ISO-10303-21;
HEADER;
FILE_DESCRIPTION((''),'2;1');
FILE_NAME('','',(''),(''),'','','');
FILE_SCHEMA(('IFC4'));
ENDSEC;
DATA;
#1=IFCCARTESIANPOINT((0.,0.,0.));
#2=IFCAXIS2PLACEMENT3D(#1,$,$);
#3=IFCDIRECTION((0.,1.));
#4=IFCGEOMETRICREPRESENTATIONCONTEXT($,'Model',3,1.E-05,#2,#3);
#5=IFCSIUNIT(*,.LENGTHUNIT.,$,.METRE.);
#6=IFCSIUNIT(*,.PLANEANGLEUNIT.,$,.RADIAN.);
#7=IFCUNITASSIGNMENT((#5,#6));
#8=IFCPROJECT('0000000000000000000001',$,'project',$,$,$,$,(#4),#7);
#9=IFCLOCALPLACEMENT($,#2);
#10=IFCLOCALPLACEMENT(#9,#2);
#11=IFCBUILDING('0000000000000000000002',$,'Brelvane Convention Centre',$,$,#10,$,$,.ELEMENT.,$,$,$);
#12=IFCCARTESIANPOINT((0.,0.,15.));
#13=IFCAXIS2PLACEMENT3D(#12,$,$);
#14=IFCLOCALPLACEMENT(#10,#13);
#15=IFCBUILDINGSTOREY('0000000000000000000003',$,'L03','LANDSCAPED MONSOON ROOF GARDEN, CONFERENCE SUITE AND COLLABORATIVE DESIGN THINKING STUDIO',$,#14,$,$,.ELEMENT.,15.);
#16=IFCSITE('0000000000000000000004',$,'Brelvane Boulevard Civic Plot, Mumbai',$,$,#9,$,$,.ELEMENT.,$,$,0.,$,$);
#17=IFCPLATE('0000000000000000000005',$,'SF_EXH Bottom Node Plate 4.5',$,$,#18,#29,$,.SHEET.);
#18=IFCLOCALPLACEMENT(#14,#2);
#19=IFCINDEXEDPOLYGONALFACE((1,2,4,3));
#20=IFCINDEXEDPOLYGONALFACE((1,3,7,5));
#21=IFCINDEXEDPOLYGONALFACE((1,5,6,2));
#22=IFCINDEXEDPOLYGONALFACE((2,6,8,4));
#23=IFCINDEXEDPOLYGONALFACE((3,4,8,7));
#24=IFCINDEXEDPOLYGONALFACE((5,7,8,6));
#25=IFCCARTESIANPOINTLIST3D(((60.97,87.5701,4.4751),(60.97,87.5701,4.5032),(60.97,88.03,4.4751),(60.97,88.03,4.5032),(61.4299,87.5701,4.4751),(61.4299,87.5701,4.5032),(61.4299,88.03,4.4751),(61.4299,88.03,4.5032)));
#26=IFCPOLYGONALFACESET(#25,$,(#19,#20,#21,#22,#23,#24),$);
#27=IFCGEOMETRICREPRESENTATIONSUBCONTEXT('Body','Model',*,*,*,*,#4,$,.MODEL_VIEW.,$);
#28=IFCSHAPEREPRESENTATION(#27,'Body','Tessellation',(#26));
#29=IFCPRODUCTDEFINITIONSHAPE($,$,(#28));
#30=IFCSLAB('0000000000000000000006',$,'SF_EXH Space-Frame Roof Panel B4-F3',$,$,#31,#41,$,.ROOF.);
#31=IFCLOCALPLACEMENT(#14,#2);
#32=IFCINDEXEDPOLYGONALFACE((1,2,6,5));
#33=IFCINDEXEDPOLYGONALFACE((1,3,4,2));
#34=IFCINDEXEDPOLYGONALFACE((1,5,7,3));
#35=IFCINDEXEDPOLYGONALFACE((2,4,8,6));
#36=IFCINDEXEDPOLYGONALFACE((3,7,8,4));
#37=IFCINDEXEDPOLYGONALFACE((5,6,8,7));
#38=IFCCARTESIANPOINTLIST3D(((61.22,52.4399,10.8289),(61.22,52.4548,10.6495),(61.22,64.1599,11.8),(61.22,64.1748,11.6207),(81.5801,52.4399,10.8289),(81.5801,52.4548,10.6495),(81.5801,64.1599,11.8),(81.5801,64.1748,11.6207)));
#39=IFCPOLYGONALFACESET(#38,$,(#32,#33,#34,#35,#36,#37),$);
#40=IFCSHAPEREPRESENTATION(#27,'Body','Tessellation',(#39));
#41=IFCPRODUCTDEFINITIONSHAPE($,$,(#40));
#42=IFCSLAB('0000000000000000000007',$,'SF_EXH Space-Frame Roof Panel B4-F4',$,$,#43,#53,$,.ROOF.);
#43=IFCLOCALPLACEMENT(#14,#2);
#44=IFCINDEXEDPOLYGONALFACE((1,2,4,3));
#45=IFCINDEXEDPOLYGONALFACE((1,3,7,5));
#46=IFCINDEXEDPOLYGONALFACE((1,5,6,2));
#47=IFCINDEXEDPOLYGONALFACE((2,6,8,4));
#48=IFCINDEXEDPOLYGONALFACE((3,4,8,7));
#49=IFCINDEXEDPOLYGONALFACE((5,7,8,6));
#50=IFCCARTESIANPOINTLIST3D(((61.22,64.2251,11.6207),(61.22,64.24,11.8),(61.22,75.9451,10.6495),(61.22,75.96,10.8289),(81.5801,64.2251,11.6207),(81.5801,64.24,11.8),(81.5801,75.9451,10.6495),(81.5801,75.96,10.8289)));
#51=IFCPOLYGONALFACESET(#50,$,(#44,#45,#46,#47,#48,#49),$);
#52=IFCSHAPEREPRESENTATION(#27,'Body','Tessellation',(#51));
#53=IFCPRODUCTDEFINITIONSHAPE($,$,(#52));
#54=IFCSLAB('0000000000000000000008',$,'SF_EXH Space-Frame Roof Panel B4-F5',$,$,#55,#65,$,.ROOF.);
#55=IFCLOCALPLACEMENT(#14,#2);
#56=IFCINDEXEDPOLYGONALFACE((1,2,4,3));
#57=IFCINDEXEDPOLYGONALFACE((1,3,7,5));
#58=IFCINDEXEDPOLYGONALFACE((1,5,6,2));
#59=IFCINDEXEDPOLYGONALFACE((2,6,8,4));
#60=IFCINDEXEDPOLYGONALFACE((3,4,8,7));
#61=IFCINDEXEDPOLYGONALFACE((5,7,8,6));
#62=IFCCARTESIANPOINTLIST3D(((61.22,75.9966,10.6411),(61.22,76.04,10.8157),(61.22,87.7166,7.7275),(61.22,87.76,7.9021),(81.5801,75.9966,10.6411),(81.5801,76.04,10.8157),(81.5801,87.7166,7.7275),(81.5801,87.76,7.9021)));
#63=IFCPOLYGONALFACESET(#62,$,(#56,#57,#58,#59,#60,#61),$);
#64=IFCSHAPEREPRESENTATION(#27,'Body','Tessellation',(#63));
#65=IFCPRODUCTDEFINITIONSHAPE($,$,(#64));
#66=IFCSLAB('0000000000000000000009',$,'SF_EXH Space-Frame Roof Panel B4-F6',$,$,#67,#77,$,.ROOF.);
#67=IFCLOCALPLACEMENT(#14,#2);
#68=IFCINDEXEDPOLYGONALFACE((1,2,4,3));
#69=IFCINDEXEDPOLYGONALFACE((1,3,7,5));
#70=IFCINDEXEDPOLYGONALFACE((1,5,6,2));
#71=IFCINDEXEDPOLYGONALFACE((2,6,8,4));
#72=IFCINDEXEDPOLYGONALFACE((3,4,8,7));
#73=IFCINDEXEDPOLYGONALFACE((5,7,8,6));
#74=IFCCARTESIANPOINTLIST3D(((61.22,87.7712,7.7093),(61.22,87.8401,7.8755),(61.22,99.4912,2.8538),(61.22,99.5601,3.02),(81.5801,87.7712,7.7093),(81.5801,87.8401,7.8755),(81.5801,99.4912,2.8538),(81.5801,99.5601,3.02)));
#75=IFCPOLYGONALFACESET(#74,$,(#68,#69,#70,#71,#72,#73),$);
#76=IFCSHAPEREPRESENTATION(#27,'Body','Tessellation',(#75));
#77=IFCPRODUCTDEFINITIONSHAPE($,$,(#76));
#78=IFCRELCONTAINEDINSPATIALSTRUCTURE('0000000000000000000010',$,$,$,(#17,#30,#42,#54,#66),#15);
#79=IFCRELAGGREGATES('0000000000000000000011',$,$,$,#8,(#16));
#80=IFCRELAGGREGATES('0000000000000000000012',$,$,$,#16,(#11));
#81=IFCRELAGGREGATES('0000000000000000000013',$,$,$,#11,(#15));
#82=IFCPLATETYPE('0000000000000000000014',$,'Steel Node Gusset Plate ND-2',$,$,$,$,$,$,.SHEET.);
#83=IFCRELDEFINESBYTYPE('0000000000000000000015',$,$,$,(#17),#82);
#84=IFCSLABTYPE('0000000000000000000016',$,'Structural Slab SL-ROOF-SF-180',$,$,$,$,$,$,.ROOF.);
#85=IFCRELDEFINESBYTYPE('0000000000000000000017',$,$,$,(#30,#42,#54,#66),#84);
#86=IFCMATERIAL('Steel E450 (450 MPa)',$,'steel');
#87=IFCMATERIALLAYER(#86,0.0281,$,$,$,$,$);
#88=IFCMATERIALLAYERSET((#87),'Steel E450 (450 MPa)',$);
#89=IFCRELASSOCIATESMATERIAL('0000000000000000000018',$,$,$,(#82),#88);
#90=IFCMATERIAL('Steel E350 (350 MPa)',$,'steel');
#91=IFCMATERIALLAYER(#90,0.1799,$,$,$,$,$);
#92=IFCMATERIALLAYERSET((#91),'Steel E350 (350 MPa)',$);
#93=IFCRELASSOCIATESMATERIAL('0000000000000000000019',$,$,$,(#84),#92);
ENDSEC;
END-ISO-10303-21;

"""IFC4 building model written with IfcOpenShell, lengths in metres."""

from ifc_helpers import new_model, si_unit, direction, frame, origin, origin_2d, place, context, subcontext, project, spatial, polyline, rectangle, outline, extrude, material, layer, layer_set, type_object, element, save


model = new_model("IFC4")

# Units and contexts
model_context = context("Model", 3, precision=1e-05, world=origin(), true_north=direction((0.0, 1.0)))
body_context = subcontext(model_context, "Body", "Model", "MODEL_VIEW")
ifc_project = project(units=[si_unit("LENGTHUNIT", "METRE"), si_unit("PLANEANGLEUNIT", "RADIAN")], contexts=[model_context])

# Site, building, storey
site_placement = place(None, origin())
site = spatial("IfcSite", under=ifc_project, at=site_placement, Name="Brelvane Boulevard Civic Plot, Mumbai", CompositionType="ELEMENT", RefElevation=0.0)
building_placement = place(site_placement, origin())
building = spatial("IfcBuilding", under=site, at=building_placement, Name="Brelvane Convention Centre", CompositionType="ELEMENT")
storey_placement = place(building_placement, frame((0.0, 0.0, 15.0)))
storey = spatial("IfcBuildingStorey", under=building, at=storey_placement, Name="L03", Description="LANDSCAPED MONSOON ROOF GARDEN, CONFERENCE SUITE AND COLLABORATIVE DESIGN THINKING STUDIO", CompositionType="ELEMENT", Elevation=15.0)

# Plate
ifc_material_1 = material(Name="Steel E450 (450 MPa)", Category="steel")
ifc_layer_1 = layer(ifc_material_1, 0.0281)
ifc_layer_set_1 = layer_set([ifc_layer_1], Name="Steel E450 (450 MPa)")
plate_type_1 = type_object("IfcPlateType", Name="Steel Node Gusset Plate ND-2", PredefinedType="SHEET", material=ifc_layer_set_1)
for number, where, z_axis, x_axis, name in (
    (1, (61.2, 87.8, 4.4751), (0.0, 0.0, 1.0), (1.0, 0.0, 0.0), "SF_EXH Bottom Node Plate 4.5"),
):
    element("IfcPlate", number, at=place(storey_placement, frame(where, z_axis=z_axis, x_axis=x_axis)), inside=storey, type_object=plate_type_1, Name=name, PredefinedType="SHEET", context=body_context, shape_type="SweptSolid", body=[
        extrude(rectangle(XDim=0.46, YDim=0.46, at=origin_2d()), origin(), (0.0, 0.0, 1.0), 0.0281),
    ])

# Slabs
ifc_material_2 = material(Name="Steel E350 (350 MPa)", Category="steel")
ifc_layer_2 = layer(ifc_material_2, 0.1799)
ifc_layer_set_2 = layer_set([ifc_layer_2], Name="Steel E350 (350 MPa)")
slab_type = type_object("IfcSlabType", Name="Structural Slab SL-ROOF-SF-180", PredefinedType="ROOF", material=ifc_layer_set_2)
for number, where, z_axis, x_axis, name in (
    (2, (61.22, 52.4399, 10.8289), (0.0, -0.082583, 0.996584), (1.0, 0.0, 0.0), "SF_EXH Space-Frame Roof Panel B4-F3"),
    (3, (61.22, 64.24, 11.8), (0.0, 0.082583, 0.996584), (1.0, 0.0, 0.0), "SF_EXH Space-Frame Roof Panel B4-F4"),
):
    element("IfcSlab", number, at=place(storey_placement, frame(where, z_axis=z_axis, x_axis=x_axis)), inside=storey, type_object=slab_type, Name=name, PredefinedType="ROOF", context=body_context, shape_type="SweptSolid", body=[
        extrude(outline(polyline([(0.0, 0.0), (20.3601, 0.0), (20.3601, 11.7601), (0.0, 11.7601), (0.0, 0.0)])), origin(), (0.0, 0.0, -1.0), 0.1799),
    ])
slab_1_placement = place(storey_placement, frame((61.22, 76.04, 10.8157), z_axis=(0.0, 0.241256, 0.970462), x_axis=(1.0, 0.0, 0.0)))
element("IfcSlab", 4, at=slab_1_placement, inside=storey, type_object=slab_type, Name="SF_EXH Space-Frame Roof Panel B4-F5", PredefinedType="ROOF", context=body_context, shape_type="SweptSolid", body=[
    extrude(outline(polyline([(0.0, 0.0), (20.3601, 0.0), (20.3601, 12.0767), (0.0, 12.0767), (0.0, 0.0)])), origin(), (0.0, 0.0, -1.0), 0.1799),
])
slab_2_placement = place(storey_placement, frame((61.22, 87.8401, 7.8755), z_axis=(0.0, 0.382744, 0.923855), x_axis=(1.0, 0.0, 0.0)))
element("IfcSlab", 5, at=slab_2_placement, inside=storey, type_object=slab_type, Name="SF_EXH Space-Frame Roof Panel B4-F6", PredefinedType="ROOF", context=body_context, shape_type="SweptSolid", body=[
    extrude(outline(polyline([(0.0, 0.0), (20.3601, 0.0), (20.3601, 12.6859), (0.0, 12.6859), (0.0, 0.0)])), origin(), (0.0, 0.0, -1.0), 0.1799),
])

save(model, "model.ifc")
